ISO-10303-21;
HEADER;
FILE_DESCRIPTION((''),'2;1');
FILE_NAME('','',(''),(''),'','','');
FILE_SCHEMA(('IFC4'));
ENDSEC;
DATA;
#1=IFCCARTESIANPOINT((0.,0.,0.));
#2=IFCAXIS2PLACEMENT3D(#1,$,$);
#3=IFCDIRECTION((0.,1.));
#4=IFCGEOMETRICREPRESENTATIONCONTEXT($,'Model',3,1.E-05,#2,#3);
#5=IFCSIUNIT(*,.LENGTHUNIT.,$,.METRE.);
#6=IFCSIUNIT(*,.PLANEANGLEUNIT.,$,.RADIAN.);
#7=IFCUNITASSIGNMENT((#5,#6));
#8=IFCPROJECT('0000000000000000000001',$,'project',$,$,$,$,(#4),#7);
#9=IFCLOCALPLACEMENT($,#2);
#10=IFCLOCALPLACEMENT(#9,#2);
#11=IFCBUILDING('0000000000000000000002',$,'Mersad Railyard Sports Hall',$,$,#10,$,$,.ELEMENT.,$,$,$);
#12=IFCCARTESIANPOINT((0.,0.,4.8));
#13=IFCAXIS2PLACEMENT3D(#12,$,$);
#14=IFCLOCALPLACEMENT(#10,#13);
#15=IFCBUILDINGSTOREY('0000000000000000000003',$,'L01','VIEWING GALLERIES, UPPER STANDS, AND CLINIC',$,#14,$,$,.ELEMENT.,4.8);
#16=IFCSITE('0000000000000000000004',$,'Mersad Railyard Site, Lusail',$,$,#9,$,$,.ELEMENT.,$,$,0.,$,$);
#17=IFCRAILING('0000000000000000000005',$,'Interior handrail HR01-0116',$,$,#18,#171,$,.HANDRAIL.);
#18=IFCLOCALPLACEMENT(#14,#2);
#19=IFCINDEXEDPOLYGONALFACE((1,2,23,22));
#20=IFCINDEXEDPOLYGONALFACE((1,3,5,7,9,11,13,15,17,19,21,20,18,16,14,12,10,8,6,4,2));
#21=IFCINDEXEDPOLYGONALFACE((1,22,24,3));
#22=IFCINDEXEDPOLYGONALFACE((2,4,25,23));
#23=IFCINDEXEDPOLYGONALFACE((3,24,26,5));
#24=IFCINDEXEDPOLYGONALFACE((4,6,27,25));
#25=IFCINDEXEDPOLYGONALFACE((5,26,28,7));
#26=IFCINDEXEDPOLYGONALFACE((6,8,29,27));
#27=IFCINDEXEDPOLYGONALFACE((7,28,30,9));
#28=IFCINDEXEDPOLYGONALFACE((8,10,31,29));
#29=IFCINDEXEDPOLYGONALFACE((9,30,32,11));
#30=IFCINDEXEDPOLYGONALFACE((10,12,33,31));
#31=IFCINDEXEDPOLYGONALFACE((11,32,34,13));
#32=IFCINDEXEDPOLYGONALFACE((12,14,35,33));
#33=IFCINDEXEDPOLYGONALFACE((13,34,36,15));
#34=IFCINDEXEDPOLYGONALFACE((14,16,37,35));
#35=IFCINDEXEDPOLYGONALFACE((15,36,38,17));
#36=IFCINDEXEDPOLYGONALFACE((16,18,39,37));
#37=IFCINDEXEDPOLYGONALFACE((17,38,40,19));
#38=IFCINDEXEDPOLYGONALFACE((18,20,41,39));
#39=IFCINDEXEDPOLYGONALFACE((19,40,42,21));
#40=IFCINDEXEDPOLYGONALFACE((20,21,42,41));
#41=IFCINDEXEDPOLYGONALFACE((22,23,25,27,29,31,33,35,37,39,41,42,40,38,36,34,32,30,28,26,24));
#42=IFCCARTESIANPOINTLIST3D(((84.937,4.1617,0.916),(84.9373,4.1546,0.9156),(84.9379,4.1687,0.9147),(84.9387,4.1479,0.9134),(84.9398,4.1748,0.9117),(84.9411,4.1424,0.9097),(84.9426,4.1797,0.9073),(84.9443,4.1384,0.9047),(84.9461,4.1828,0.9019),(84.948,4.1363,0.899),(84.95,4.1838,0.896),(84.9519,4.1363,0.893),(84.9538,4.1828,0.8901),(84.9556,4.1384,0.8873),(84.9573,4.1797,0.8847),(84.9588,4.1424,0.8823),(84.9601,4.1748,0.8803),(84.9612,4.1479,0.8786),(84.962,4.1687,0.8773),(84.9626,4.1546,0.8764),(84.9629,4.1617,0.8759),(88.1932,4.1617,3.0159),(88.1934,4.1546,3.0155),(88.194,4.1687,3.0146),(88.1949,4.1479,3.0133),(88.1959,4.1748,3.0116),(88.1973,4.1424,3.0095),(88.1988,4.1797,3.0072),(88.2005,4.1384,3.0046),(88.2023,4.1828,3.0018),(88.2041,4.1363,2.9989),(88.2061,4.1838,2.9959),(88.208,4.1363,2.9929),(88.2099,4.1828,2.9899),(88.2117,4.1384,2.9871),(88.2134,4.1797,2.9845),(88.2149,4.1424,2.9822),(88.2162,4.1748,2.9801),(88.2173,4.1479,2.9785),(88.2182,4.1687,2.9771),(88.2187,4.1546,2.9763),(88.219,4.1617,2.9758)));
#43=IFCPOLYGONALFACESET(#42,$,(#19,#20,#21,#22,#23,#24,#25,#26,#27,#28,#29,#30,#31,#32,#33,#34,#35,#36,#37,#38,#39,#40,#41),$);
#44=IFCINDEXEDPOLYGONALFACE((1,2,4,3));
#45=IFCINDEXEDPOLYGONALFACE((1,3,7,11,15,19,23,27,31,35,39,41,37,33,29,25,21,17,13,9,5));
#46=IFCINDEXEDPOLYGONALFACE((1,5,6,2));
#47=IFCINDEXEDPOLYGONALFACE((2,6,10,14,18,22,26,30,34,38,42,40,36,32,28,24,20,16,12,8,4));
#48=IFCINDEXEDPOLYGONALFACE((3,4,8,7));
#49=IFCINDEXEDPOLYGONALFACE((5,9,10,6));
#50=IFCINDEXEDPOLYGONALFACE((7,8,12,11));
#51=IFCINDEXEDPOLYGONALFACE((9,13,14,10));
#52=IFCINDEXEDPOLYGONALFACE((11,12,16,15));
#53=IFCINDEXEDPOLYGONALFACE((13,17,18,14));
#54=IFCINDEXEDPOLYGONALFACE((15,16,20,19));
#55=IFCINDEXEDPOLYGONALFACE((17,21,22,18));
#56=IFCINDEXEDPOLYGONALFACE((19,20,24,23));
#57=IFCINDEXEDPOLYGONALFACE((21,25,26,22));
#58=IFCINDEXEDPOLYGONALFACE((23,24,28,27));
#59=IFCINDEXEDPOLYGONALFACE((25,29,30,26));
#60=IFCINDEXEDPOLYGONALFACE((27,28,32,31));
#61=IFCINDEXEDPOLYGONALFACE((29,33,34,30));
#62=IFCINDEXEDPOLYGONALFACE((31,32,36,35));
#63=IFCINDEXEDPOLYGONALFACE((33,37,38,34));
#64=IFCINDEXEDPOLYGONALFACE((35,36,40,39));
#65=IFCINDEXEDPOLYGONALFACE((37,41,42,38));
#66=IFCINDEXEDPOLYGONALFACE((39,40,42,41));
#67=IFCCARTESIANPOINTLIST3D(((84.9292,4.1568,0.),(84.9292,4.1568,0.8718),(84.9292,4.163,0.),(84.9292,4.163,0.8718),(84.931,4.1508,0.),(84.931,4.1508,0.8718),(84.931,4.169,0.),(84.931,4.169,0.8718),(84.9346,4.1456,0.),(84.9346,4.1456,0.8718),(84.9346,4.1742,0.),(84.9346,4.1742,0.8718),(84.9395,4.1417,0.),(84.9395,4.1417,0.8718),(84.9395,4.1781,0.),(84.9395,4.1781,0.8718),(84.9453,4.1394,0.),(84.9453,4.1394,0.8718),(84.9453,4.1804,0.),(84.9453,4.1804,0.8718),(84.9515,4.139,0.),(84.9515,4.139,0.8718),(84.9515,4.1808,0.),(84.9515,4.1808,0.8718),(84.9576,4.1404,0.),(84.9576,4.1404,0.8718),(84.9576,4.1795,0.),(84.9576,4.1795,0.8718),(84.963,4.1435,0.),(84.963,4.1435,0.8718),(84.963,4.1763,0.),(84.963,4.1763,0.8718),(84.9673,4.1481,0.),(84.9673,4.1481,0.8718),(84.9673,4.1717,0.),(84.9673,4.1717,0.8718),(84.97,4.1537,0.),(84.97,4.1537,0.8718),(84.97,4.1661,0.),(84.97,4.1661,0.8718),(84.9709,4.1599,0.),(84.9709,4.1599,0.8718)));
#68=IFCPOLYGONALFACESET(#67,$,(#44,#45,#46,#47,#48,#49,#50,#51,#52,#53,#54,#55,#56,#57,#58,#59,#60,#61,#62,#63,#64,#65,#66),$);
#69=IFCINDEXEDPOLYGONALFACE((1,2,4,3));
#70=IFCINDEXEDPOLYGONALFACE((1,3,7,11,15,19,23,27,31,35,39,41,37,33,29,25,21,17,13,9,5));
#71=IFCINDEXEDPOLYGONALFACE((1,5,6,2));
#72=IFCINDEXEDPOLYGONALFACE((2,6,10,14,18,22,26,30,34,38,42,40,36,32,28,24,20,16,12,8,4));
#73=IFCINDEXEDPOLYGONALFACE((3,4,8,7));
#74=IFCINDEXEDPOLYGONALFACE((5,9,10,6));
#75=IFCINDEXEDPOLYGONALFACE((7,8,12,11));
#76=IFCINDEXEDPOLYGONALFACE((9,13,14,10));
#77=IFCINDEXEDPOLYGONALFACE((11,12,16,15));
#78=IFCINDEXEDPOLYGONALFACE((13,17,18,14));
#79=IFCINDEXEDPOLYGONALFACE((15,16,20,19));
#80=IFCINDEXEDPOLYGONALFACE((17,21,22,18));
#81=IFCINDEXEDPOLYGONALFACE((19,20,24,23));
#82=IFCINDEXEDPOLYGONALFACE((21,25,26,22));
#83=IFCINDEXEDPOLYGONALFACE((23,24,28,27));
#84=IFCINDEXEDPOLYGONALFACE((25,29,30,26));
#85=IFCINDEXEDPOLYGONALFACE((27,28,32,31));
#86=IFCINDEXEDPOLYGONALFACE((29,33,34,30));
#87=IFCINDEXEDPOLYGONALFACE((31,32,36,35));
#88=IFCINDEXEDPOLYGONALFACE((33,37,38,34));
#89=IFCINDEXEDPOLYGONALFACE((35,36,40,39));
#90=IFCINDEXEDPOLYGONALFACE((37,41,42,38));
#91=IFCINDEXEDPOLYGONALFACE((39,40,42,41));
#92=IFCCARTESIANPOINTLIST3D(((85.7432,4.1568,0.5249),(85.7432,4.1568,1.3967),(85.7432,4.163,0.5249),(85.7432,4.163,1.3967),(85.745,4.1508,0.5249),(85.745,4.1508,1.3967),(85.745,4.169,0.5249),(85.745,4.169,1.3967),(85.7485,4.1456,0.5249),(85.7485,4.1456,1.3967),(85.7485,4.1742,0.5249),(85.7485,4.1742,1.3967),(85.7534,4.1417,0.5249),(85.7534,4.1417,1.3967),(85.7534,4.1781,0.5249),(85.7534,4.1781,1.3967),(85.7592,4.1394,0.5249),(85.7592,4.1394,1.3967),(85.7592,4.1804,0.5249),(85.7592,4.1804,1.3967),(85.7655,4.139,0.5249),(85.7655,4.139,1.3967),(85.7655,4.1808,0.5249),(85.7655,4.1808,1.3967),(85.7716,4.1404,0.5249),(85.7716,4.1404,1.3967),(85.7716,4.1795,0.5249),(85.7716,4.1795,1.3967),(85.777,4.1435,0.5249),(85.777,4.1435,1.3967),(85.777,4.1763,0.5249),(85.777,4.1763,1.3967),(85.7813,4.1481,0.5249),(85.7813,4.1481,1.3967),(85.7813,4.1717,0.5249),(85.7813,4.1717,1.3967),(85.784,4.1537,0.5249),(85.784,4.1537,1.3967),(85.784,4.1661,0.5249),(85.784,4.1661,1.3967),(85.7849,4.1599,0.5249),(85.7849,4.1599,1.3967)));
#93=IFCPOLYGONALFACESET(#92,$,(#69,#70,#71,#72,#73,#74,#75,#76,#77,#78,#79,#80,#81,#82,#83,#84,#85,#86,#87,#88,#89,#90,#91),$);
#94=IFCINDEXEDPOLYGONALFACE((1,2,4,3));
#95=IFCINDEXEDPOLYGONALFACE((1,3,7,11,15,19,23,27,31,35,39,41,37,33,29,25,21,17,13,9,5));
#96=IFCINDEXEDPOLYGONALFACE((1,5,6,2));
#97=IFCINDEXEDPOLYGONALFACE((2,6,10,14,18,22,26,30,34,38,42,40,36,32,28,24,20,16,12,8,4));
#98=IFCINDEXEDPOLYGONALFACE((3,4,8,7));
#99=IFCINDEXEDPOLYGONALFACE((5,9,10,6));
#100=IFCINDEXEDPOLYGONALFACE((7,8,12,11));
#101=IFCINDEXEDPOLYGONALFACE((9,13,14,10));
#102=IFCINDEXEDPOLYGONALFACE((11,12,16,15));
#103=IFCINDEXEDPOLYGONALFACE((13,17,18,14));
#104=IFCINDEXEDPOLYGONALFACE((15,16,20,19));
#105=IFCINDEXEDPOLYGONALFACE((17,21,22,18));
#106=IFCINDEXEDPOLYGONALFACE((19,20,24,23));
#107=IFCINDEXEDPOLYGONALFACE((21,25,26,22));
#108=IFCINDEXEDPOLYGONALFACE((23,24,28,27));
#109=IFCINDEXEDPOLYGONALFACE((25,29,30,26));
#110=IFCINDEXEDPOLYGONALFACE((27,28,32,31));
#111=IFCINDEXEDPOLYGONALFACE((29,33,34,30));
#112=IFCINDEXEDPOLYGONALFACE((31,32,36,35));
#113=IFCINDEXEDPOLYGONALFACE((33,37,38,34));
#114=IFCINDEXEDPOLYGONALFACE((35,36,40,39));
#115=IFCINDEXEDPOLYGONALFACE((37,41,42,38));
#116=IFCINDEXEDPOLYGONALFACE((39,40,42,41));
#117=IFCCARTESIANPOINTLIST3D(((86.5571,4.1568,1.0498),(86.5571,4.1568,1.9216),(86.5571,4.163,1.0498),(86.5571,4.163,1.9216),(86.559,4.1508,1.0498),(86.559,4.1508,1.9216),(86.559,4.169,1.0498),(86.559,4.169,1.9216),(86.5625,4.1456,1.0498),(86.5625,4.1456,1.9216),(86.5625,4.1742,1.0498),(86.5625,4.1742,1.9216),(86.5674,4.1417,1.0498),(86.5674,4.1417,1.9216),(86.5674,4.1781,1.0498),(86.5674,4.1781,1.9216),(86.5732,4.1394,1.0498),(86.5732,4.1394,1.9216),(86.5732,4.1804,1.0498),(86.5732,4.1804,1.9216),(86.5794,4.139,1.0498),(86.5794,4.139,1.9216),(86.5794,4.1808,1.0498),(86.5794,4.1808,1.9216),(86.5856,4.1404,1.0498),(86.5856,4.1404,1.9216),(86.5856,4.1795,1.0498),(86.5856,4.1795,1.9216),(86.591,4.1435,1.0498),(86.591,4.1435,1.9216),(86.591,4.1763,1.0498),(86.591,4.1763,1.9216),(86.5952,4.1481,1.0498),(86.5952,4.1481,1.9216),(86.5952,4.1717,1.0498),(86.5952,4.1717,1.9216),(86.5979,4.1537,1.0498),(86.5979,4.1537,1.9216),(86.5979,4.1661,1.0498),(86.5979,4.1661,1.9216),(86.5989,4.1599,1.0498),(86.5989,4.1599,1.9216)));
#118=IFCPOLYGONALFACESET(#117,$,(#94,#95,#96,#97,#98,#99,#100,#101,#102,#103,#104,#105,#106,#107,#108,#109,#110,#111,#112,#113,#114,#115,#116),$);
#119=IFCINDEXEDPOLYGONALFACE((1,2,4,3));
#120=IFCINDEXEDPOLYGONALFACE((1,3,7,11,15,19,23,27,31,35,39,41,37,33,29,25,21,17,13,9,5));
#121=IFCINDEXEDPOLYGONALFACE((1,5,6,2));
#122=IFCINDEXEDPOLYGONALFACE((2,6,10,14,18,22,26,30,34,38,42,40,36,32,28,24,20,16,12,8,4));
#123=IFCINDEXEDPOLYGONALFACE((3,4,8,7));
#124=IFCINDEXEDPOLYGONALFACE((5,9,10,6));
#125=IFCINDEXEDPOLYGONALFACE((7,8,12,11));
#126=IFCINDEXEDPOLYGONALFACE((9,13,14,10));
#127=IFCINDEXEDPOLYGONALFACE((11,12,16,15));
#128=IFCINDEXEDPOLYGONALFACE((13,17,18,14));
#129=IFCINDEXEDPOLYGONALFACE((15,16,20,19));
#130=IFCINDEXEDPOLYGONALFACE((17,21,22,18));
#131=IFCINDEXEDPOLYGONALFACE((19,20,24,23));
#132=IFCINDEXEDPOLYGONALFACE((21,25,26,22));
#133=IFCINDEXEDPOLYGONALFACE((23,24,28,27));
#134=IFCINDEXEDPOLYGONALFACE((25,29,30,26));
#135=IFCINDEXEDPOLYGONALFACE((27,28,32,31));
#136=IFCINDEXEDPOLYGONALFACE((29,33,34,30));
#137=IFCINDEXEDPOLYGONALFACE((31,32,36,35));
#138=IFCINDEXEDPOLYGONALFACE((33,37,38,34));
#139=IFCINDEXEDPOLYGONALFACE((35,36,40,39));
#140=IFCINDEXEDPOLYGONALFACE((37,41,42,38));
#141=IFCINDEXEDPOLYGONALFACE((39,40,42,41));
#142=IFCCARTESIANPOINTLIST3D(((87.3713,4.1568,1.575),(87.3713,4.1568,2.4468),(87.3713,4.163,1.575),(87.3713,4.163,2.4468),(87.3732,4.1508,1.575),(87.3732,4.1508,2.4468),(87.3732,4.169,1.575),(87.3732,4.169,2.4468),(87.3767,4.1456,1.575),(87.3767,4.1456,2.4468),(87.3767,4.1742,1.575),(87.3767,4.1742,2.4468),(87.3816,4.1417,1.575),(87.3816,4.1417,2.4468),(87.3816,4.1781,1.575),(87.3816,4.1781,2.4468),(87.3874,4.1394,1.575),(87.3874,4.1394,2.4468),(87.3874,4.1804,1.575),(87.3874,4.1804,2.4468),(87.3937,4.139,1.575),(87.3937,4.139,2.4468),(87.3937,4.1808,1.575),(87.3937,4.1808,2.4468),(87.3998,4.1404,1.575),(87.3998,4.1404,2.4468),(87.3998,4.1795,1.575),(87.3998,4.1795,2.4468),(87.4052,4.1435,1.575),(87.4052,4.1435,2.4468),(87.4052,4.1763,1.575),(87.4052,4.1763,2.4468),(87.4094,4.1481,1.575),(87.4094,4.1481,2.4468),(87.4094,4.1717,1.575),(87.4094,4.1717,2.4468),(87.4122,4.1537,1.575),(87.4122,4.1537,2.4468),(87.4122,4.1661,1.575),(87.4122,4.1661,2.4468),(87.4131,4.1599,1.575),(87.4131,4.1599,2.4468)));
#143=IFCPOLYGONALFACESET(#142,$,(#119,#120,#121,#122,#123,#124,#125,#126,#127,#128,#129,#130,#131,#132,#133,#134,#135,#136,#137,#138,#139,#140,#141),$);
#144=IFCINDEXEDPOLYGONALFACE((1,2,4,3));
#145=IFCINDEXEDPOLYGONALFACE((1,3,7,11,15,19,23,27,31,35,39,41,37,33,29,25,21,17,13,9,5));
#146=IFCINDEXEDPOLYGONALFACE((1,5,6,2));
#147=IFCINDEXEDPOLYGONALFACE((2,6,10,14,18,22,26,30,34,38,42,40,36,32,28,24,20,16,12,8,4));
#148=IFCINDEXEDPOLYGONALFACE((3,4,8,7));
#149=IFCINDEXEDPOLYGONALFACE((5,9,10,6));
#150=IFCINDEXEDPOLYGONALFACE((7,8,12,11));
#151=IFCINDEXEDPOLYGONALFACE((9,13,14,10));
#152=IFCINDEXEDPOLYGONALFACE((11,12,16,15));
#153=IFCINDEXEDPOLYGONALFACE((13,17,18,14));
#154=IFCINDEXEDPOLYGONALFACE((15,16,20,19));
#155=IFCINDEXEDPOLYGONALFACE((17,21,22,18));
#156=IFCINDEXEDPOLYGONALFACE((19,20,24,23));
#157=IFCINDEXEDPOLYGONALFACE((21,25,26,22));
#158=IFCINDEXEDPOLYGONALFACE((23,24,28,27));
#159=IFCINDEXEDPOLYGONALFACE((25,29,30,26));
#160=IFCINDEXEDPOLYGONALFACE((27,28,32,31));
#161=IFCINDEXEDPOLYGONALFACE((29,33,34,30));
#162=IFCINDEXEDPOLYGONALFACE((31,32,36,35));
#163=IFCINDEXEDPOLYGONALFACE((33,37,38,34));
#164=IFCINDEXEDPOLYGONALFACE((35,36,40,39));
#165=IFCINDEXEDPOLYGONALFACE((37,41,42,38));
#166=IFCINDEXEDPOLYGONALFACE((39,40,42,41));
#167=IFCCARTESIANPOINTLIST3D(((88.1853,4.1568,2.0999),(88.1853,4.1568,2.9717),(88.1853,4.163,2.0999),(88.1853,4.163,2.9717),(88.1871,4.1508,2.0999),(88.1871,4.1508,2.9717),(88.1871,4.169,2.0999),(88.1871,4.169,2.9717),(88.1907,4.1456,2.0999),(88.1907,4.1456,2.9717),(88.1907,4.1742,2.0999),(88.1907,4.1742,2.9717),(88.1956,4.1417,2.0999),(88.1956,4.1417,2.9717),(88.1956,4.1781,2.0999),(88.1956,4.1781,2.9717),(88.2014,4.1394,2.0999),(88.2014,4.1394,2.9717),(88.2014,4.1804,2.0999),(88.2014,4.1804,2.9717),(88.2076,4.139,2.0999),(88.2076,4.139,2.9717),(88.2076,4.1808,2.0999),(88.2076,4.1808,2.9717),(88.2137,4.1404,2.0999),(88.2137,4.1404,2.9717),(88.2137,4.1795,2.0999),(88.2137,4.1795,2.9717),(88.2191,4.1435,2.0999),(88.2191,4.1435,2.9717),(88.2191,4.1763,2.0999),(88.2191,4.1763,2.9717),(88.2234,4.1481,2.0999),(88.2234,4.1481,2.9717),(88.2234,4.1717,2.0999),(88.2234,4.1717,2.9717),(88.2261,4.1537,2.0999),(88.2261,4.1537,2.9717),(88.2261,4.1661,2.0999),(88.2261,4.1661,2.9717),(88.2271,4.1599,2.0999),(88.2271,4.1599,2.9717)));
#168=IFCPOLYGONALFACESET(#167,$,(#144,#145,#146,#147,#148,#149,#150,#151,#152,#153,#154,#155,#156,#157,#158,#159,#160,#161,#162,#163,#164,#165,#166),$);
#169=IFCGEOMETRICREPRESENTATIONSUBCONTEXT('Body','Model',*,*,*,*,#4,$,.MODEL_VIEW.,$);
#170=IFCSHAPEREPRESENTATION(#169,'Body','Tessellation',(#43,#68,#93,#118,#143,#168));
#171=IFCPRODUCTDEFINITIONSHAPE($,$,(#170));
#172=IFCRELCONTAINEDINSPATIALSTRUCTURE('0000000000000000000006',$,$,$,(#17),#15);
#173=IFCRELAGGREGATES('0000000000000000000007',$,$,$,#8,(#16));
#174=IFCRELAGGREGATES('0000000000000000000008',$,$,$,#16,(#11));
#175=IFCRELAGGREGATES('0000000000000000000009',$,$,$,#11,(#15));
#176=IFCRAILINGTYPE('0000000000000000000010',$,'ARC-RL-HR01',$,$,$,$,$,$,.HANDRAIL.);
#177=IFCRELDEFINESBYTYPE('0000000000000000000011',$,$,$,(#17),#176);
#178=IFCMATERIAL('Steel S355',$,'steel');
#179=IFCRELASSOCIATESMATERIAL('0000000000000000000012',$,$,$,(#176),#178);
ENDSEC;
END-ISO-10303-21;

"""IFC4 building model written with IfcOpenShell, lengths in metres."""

from ifc_helpers import new_model, si_unit, direction, frame, origin, origin_2d, place, context, subcontext, project, spatial, circle, extrude, material, type_object, element, save


model = new_model("IFC4")

# Units and contexts
model_context = context("Model", 3, precision=1e-05, world=origin(), true_north=direction((0.0, 1.0)))
body_context = subcontext(model_context, "Body", "Model", "MODEL_VIEW")
ifc_project = project(units=[si_unit("LENGTHUNIT", "METRE"), si_unit("PLANEANGLEUNIT", "RADIAN")], contexts=[model_context])

# Site, building, storey
site_placement = place(None, origin())
site = spatial("IfcSite", under=ifc_project, at=site_placement, Name="Mersad Railyard Site, Lusail", CompositionType="ELEMENT", RefElevation=0.0)
building_placement = place(site_placement, origin())
building = spatial("IfcBuilding", under=site, at=building_placement, Name="Mersad Railyard Sports Hall", CompositionType="ELEMENT")
storey_placement = place(building_placement, frame((0.0, 0.0, 4.8)))
storey = spatial("IfcBuildingStorey", under=building, at=storey_placement, Name="L01", Description="VIEWING GALLERIES, UPPER STANDS, AND CLINIC", CompositionType="ELEMENT", Elevation=4.8)

# Shared definitions
ifc_material_1 = material(Name="Steel S355", Category="steel")

# Railing
railing_type_1 = type_object("IfcRailingType", Name="ARC-RL-HR01", PredefinedType="HANDRAIL", material=ifc_material_1)
railing_1_placement = place(storey_placement, frame((84.95, 4.1599, 0.0)))
element("IfcRailing", 1, at=railing_1_placement, inside=storey, type_object=railing_type_1, Name="Interior handrail HR01-0116", PredefinedType="HANDRAIL", context=body_context, shape_type="SweptSolid", body=[
    extrude(circle(Radius=0.0239, at=origin_2d()), frame((0.0, 0.0, 0.896), z_axis=(0.840398, 0.0, 0.54197), x_axis=(0.0, 1.0, 0.0)), (0.0, 0.0, 1.0), 3.8745),
    extrude(circle(Radius=0.021, at=origin_2d()), origin(), (0.0, 0.0, 1.0), 0.8718),
    extrude(circle(Radius=0.021, at=origin_2d()), frame((0.814, 0.0, 0.5249)), (0.0, 0.0, 1.0), 0.8718),
    extrude(circle(Radius=0.021, at=origin_2d()), frame((1.6279, 0.0, 1.0498)), (0.0, 0.0, 1.0), 0.8718),
    extrude(circle(Radius=0.021, at=origin_2d()), frame((2.4421, 0.0, 1.575)), (0.0, 0.0, 1.0), 0.8718),
    extrude(circle(Radius=0.021, at=origin_2d()), frame((3.2561, 0.0, 2.0999)), (0.0, 0.0, 1.0), 0.8718),
])

save(model, "model.ifc")
